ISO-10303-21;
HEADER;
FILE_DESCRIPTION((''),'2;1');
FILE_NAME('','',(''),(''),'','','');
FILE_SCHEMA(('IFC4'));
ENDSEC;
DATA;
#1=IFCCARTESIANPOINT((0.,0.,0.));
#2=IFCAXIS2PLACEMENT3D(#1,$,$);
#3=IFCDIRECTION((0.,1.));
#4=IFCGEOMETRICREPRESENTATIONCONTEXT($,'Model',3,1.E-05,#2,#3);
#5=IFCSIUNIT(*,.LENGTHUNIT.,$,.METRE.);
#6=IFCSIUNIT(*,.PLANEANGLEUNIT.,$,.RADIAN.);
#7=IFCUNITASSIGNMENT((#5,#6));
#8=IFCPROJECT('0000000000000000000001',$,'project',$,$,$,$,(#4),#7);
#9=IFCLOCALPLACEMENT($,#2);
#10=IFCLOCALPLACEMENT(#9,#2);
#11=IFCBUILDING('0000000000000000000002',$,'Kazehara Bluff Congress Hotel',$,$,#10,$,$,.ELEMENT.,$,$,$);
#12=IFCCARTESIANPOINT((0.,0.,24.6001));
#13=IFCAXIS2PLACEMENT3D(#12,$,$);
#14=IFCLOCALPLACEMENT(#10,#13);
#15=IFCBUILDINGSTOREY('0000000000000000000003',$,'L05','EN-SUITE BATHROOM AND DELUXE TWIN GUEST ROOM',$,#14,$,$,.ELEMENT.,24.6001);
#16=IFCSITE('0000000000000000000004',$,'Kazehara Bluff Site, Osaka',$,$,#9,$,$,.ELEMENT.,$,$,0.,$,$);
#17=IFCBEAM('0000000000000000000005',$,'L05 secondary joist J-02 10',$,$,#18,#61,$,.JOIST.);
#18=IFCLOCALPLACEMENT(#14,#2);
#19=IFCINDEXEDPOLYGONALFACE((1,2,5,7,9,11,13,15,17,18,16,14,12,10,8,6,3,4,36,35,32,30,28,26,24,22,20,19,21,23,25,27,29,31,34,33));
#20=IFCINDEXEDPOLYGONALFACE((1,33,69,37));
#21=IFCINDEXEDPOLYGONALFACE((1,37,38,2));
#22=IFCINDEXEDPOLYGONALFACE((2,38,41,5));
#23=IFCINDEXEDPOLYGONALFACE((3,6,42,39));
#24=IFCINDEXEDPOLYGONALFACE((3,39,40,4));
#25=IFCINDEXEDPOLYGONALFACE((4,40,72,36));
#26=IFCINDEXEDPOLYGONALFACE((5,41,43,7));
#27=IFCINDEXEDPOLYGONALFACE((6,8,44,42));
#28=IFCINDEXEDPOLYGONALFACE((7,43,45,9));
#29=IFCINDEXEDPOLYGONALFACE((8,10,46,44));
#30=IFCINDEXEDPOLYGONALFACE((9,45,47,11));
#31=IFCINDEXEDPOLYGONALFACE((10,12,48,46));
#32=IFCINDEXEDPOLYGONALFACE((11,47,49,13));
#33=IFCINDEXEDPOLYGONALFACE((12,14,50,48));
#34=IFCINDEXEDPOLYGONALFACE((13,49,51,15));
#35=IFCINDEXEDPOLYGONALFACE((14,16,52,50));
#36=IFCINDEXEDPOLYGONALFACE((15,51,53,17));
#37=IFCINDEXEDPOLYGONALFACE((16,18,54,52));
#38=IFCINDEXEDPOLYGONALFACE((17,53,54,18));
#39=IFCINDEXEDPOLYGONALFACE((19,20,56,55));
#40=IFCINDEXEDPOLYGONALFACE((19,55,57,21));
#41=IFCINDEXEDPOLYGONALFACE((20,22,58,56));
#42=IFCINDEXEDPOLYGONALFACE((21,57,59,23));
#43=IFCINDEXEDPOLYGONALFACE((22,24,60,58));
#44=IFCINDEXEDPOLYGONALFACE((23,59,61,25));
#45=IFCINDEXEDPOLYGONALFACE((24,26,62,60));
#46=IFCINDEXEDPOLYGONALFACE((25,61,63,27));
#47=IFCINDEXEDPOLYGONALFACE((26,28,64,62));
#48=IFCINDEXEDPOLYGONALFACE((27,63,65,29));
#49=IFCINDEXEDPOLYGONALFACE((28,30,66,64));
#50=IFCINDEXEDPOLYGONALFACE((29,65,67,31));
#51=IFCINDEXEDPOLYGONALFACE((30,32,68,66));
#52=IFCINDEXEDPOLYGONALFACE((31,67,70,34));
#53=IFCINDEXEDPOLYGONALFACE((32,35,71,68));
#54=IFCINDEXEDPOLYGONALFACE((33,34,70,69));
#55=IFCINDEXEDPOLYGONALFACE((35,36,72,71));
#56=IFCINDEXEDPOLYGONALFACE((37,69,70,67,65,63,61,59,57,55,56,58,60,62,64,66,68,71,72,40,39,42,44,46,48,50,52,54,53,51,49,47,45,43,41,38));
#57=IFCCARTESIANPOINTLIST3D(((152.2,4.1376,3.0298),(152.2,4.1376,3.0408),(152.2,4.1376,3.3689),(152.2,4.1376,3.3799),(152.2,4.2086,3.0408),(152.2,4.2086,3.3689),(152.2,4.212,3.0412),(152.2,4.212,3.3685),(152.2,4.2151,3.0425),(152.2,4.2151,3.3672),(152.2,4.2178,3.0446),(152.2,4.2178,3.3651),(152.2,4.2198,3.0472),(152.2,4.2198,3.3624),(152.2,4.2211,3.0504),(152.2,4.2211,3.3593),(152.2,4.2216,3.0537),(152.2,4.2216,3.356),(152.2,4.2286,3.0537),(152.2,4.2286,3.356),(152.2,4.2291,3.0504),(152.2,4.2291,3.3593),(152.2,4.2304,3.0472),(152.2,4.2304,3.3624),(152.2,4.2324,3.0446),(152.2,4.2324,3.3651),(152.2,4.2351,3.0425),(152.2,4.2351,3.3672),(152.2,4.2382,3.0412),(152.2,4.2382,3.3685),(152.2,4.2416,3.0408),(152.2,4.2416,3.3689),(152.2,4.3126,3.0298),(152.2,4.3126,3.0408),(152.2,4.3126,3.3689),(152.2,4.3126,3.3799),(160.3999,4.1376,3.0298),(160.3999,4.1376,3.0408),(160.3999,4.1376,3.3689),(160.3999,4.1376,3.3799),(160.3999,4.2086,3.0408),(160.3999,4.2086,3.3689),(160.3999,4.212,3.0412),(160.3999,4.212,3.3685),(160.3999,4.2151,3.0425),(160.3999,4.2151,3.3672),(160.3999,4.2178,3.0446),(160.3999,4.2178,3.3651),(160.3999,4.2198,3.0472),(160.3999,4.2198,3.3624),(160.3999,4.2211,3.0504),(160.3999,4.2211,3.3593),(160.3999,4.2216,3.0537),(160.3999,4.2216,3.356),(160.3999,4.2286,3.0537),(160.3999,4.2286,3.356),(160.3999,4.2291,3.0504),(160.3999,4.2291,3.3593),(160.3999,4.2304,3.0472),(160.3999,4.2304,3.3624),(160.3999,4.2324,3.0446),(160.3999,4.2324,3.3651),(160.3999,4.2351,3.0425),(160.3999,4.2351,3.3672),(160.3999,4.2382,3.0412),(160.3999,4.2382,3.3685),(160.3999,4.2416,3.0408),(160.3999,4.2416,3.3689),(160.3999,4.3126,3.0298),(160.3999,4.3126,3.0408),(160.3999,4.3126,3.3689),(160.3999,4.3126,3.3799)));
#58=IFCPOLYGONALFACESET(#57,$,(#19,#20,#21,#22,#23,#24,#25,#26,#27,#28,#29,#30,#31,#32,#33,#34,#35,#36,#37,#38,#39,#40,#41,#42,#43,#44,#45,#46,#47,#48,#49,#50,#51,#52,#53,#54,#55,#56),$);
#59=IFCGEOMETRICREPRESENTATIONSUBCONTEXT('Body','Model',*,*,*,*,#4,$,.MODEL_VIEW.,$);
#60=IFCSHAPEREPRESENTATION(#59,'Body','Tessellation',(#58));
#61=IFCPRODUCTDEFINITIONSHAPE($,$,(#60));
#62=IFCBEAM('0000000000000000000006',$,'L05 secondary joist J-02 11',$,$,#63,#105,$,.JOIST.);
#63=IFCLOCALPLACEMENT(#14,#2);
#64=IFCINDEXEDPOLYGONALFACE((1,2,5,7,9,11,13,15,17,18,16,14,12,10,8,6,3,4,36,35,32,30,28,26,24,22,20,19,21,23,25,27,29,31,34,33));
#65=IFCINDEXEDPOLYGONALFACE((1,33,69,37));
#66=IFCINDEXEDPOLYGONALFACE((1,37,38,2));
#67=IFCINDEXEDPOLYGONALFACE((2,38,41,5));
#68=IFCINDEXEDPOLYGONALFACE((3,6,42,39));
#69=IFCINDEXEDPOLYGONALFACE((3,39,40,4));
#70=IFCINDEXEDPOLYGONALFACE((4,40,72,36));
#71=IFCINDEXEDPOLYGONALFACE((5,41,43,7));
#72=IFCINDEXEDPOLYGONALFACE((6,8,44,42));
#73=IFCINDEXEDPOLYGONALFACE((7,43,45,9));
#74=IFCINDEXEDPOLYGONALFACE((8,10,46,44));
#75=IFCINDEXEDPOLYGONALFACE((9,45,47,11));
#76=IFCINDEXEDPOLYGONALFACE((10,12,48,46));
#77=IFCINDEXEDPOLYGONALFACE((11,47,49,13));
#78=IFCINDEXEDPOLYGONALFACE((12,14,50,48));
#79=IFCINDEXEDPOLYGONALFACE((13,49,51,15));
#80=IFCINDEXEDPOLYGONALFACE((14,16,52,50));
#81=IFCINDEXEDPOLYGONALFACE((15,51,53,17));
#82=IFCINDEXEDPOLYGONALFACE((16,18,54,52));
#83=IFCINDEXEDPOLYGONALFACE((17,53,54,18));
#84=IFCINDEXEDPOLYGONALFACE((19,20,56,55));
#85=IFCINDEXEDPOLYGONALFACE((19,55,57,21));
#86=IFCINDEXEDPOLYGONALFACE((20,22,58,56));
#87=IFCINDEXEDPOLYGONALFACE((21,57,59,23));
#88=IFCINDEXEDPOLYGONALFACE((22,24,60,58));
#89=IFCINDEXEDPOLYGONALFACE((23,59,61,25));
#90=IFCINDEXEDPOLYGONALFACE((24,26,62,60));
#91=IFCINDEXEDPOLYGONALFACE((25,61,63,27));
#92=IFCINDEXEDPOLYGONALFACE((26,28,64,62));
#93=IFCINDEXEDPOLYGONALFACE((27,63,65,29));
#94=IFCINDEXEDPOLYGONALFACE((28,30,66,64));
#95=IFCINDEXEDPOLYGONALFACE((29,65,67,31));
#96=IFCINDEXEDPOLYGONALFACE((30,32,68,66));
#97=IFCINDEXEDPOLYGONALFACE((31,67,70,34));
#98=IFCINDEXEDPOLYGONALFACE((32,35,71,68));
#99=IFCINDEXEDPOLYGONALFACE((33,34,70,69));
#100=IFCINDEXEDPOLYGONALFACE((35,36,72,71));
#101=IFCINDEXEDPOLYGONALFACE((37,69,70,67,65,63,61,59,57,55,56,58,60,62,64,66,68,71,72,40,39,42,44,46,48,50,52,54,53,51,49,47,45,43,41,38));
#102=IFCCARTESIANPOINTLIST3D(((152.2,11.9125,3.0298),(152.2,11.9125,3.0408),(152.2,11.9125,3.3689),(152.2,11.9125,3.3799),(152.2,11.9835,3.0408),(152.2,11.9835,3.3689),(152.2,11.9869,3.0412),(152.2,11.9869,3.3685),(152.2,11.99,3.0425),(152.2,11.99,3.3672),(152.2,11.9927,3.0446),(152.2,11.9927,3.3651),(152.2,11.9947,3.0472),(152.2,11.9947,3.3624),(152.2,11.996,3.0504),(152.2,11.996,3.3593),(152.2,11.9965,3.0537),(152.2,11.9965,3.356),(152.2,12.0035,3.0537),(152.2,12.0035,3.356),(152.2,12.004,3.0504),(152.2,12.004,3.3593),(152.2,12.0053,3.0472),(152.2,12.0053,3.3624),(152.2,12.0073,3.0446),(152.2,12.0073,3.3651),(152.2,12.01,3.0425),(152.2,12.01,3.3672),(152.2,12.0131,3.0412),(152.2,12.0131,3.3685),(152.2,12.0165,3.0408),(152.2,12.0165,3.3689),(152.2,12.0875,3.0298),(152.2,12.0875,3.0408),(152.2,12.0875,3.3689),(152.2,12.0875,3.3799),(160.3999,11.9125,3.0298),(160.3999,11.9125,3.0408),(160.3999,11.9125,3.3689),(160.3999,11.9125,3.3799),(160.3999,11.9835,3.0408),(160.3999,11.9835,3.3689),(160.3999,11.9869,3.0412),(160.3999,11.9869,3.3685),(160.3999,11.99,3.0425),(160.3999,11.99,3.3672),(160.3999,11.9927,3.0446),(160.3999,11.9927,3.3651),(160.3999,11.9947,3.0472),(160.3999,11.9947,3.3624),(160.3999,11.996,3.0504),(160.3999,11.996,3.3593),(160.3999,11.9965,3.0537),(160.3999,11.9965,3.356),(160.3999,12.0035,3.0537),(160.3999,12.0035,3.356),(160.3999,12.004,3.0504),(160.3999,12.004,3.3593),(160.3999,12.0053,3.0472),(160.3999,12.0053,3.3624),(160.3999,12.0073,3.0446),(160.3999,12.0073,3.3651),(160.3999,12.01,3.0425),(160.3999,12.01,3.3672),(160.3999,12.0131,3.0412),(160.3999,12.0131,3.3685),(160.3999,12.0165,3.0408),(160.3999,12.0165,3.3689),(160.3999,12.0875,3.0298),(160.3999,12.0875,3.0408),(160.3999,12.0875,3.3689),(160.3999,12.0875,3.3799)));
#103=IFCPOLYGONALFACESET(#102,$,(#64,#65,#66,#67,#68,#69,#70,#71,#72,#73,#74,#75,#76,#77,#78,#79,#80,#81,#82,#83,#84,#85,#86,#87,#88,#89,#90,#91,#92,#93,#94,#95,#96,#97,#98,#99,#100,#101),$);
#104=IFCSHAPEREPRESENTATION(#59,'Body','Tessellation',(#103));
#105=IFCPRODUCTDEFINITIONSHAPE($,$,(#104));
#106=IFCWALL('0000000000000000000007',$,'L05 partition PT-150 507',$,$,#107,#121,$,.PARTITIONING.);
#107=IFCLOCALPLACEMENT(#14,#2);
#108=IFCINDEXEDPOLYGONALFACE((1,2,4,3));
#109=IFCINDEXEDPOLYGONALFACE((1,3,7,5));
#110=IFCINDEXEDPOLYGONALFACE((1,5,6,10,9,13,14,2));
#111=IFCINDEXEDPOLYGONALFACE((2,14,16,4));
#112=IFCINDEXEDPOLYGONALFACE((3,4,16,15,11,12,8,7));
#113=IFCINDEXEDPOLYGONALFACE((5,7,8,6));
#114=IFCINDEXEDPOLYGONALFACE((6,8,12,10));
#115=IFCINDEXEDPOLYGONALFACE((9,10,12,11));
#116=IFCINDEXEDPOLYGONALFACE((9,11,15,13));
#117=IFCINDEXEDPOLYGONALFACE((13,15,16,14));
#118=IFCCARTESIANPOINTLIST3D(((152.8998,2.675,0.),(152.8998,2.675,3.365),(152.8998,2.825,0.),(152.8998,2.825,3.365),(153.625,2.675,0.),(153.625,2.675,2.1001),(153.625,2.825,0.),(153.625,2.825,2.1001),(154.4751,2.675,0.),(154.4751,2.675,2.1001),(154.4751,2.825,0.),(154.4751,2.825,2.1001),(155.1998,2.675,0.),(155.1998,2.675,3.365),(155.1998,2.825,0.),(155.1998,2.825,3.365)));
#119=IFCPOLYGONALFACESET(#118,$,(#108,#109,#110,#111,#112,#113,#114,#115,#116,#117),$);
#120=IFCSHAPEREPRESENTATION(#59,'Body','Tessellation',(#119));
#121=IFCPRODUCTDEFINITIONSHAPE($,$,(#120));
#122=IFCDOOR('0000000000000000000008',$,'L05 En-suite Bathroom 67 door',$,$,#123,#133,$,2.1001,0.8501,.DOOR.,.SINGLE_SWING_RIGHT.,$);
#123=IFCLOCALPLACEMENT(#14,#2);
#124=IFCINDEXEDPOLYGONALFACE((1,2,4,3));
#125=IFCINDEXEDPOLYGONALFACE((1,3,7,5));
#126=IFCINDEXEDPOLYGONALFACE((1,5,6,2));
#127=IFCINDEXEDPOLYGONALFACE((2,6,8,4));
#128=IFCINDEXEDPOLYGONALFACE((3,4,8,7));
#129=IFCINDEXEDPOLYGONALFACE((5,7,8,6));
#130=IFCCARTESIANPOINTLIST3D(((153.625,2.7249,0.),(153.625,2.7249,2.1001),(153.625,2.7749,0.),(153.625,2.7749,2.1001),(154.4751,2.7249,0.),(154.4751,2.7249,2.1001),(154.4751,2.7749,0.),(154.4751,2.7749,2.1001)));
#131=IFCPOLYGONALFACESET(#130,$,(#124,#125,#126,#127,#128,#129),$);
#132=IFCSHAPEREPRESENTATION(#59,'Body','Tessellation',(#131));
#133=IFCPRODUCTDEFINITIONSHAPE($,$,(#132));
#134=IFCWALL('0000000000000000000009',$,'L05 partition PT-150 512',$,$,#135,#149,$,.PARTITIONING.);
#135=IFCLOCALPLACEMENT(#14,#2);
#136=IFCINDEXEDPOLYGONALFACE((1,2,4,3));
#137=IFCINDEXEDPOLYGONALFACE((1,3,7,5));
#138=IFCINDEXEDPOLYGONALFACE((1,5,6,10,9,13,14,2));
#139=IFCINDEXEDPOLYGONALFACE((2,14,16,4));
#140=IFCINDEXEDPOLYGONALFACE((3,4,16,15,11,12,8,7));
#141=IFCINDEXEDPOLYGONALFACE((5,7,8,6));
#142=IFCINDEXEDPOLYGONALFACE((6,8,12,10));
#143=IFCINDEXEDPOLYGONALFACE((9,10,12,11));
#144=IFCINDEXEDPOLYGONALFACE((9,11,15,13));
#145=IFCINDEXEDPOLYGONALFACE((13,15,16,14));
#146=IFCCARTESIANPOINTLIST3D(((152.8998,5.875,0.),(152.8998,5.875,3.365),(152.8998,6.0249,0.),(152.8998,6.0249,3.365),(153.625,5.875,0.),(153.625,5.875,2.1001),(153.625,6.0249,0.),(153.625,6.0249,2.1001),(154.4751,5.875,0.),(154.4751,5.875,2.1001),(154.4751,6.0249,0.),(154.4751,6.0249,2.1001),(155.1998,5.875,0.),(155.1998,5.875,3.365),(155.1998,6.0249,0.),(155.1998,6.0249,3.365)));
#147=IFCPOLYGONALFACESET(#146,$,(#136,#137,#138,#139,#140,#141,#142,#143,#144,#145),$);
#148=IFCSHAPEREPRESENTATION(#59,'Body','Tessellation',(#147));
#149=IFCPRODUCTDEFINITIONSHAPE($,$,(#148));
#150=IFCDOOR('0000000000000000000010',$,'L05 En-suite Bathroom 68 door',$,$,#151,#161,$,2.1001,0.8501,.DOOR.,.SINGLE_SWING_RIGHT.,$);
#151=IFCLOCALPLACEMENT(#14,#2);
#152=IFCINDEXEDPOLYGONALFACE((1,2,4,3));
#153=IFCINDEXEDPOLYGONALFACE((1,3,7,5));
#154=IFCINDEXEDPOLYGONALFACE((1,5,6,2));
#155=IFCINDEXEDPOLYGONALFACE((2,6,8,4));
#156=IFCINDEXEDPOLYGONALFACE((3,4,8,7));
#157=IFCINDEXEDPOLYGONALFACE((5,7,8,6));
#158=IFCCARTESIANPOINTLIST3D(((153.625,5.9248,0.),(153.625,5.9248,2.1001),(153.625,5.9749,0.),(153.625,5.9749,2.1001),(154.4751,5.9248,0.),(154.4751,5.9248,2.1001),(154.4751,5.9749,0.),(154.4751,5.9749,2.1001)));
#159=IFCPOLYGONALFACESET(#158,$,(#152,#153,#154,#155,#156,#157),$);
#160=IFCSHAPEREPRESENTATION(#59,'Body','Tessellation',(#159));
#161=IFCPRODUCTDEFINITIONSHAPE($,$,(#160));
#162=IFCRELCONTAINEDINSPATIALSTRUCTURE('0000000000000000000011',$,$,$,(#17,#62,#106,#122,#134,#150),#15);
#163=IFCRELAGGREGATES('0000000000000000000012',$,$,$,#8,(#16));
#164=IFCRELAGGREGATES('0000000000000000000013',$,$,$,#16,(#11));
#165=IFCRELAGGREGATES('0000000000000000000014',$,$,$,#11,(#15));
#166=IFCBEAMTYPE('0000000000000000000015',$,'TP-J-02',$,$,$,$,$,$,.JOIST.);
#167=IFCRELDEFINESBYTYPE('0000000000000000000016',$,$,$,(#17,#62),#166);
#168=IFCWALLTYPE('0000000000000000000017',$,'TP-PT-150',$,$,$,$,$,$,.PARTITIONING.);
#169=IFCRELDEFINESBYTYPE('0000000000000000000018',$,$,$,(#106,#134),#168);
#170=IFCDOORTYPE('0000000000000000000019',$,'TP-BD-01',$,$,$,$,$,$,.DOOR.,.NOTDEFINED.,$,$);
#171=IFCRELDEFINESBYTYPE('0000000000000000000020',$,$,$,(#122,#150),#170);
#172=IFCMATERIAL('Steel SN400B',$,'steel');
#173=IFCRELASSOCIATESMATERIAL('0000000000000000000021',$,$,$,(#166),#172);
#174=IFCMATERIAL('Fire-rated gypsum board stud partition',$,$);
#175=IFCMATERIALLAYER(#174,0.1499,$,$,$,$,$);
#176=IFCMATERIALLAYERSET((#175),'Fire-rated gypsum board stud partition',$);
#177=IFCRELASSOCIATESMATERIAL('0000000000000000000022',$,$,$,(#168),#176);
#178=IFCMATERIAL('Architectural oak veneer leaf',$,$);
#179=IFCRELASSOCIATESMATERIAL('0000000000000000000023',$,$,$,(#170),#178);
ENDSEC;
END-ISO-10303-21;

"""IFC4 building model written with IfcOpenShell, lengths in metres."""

from ifc_helpers import new_model, si_unit, direction, frame, frame_2d, origin, origin_2d, place, context, subcontext, project, spatial, rectangle, i_section, extrude, material, layer, layer_set, material_profile, profile_set, type_object, element, fill, save


model = new_model("IFC4")

# Units and contexts
model_context = context("Model", 3, precision=1e-05, world=origin(), true_north=direction((0.0, 1.0)))
body_context = subcontext(model_context, "Body", "Model", "MODEL_VIEW")
ifc_project = project(units=[si_unit("LENGTHUNIT", "METRE"), si_unit("PLANEANGLEUNIT", "RADIAN")], contexts=[model_context])

# Site, building, storey
site_placement = place(None, origin())
site = spatial("IfcSite", under=ifc_project, at=site_placement, Name="Kazehara Bluff Site, Osaka", CompositionType="ELEMENT", RefElevation=0.0)
building_placement = place(site_placement, origin())
building = spatial("IfcBuilding", under=site, at=building_placement, Name="Kazehara Bluff Congress Hotel", CompositionType="ELEMENT")
storey_placement = place(building_placement, frame((0.0, 0.0, 24.6001)))
storey = spatial("IfcBuildingStorey", under=building, at=storey_placement, Name="L05", Description="EN-SUITE BATHROOM AND DELUXE TWIN GUEST ROOM", CompositionType="ELEMENT", Elevation=24.6001)

# Beams
ifc_material_1 = material(Name="Steel SN400B", Category="steel")
ifc_material_profile_1 = material_profile(ifc_material_1, i_section(OverallWidth=0.175, OverallDepth=0.3501, WebThickness=0.0071, FlangeThickness=0.011, FilletRadius=0.0129, at=origin_2d()))
ifc_profile_set_1 = profile_set([ifc_material_profile_1], Name="Steel SN400B")
beam_type_1 = type_object("IfcBeamType", Name="TP-J-02", PredefinedType="JOIST", material=ifc_profile_set_1)
for number, where, z_axis, x_axis, name in (
    (1, (152.2, 4.2251, 3.2048), (1.0, 0.0, 0.0), (0.0, 1.0, 0.0), "L05 secondary joist J-02 10"),
    (2, (152.2, 12.0, 3.2048), (1.0, 0.0, 0.0), (0.0, 1.0, 0.0), "L05 secondary joist J-02 11"),
):
    element("IfcBeam", number, at=place(storey_placement, frame(where, z_axis=z_axis, x_axis=x_axis)), inside=storey, type_object=beam_type_1, Name=name, PredefinedType="JOIST", context=body_context, shape_type="SweptSolid", body=[
        extrude(i_section(OverallWidth=0.175, OverallDepth=0.3501, WebThickness=0.0071, FlangeThickness=0.011, FilletRadius=0.0129, at=origin_2d()), origin(), (0.0, 0.0, 1.0), 8.2),
    ])

# Walls, openings, doors
ifc_material_2 = material(Name="Fire-rated gypsum board stud partition")
ifc_layer_1 = layer(ifc_material_2, 0.1499)
ifc_layer_set_1 = layer_set([ifc_layer_1], Name="Fire-rated gypsum board stud partition")
wall_type = type_object("IfcWallType", Name="TP-PT-150", PredefinedType="PARTITIONING", material=ifc_layer_set_1)
wall_1_placement = place(storey_placement, frame((152.8999, 2.75, 0.0), z_axis=(0.0, 0.0, 1.0), x_axis=(1.0, 0.0, 0.0)))
wall_1 = element("IfcWall", 3, at=wall_1_placement, inside=storey, type_object=wall_type, Name="L05 partition PT-150 507", PredefinedType="PARTITIONING", context=body_context, shape_type="SweptSolid", body=[
    extrude(rectangle(XDim=2.3, YDim=0.1499, at=frame_2d((1.1499, 0.0))), origin(), (0.0, 0.0, 1.0), 3.365),
])
opening_1_placement = place(wall_1_placement, frame((0.7251, 0.0, 0.0)))
opening_1 = element("IfcOpeningElement", 4, at=opening_1_placement, cuts=wall_1, PredefinedType="OPENING", context=body_context, shape_type="SweptSolid", body=[
    extrude(rectangle(XDim=0.8501, YDim=2.1001, at=frame_2d((0.425, 1.05))), frame((0.0, 0.085, 0.0), z_axis=(0.0, -1.0, 0.0), x_axis=(1.0, 0.0, 0.0)), (0.0, 0.0, 1.0), 0.1699),
])
ifc_material_3 = material(Name="Architectural oak veneer leaf")
door_type = type_object("IfcDoorType", Name="TP-BD-01", OperationType="NOTDEFINED", PredefinedType="DOOR", material=ifc_material_3)
door_1_placement = place(opening_1_placement, origin())
door_1 = element("IfcDoor", 5, at=door_1_placement, inside=storey, type_object=door_type, Name="L05 En-suite Bathroom 67 door", OperationType="SINGLE_SWING_RIGHT", OverallHeight=2.1001, OverallWidth=0.8501, PredefinedType="DOOR", context=body_context, shape_type="SweptSolid", body=[
    extrude(rectangle(XDim=0.8501, YDim=2.1001, at=frame_2d((0.425, 1.05))), frame((0.0, 0.0249, 0.0), z_axis=(0.0, -1.0, 0.0), x_axis=(1.0, 0.0, 0.0)), (0.0, 0.0, 1.0), 0.05),
])
fill(opening_1, door_1)
wall_2_placement = place(storey_placement, frame((152.8999, 5.95, 0.0), z_axis=(0.0, 0.0, 1.0), x_axis=(1.0, 0.0, 0.0)))
wall_2 = element("IfcWall", 6, at=wall_2_placement, inside=storey, type_object=wall_type, Name="L05 partition PT-150 512", PredefinedType="PARTITIONING", context=body_context, shape_type="SweptSolid", body=[
    extrude(rectangle(XDim=2.3, YDim=0.1499, at=frame_2d((1.1499, 0.0))), origin(), (0.0, 0.0, 1.0), 3.365),
])
opening_2_placement = place(wall_2_placement, frame((0.7251, 0.0, 0.0)))
opening_2 = element("IfcOpeningElement", 7, at=opening_2_placement, cuts=wall_2, PredefinedType="OPENING", context=body_context, shape_type="SweptSolid", body=[
    extrude(rectangle(XDim=0.8501, YDim=2.1001, at=frame_2d((0.425, 1.05))), frame((0.0, 0.085, 0.0), z_axis=(0.0, -1.0, 0.0), x_axis=(1.0, 0.0, 0.0)), (0.0, 0.0, 1.0), 0.1699),
])
door_2_placement = place(opening_2_placement, origin())
door_2 = element("IfcDoor", 8, at=door_2_placement, inside=storey, type_object=door_type, Name="L05 En-suite Bathroom 68 door", OperationType="SINGLE_SWING_RIGHT", OverallHeight=2.1001, OverallWidth=0.8501, PredefinedType="DOOR", context=body_context, shape_type="SweptSolid", body=[
    extrude(rectangle(XDim=0.8501, YDim=2.1001, at=frame_2d((0.425, 1.05))), frame((0.0, 0.0249, 0.0), z_axis=(0.0, -1.0, 0.0), x_axis=(1.0, 0.0, 0.0)), (0.0, 0.0, 1.0), 0.05),
])
fill(opening_2, door_2)

save(model, "model.ifc")
